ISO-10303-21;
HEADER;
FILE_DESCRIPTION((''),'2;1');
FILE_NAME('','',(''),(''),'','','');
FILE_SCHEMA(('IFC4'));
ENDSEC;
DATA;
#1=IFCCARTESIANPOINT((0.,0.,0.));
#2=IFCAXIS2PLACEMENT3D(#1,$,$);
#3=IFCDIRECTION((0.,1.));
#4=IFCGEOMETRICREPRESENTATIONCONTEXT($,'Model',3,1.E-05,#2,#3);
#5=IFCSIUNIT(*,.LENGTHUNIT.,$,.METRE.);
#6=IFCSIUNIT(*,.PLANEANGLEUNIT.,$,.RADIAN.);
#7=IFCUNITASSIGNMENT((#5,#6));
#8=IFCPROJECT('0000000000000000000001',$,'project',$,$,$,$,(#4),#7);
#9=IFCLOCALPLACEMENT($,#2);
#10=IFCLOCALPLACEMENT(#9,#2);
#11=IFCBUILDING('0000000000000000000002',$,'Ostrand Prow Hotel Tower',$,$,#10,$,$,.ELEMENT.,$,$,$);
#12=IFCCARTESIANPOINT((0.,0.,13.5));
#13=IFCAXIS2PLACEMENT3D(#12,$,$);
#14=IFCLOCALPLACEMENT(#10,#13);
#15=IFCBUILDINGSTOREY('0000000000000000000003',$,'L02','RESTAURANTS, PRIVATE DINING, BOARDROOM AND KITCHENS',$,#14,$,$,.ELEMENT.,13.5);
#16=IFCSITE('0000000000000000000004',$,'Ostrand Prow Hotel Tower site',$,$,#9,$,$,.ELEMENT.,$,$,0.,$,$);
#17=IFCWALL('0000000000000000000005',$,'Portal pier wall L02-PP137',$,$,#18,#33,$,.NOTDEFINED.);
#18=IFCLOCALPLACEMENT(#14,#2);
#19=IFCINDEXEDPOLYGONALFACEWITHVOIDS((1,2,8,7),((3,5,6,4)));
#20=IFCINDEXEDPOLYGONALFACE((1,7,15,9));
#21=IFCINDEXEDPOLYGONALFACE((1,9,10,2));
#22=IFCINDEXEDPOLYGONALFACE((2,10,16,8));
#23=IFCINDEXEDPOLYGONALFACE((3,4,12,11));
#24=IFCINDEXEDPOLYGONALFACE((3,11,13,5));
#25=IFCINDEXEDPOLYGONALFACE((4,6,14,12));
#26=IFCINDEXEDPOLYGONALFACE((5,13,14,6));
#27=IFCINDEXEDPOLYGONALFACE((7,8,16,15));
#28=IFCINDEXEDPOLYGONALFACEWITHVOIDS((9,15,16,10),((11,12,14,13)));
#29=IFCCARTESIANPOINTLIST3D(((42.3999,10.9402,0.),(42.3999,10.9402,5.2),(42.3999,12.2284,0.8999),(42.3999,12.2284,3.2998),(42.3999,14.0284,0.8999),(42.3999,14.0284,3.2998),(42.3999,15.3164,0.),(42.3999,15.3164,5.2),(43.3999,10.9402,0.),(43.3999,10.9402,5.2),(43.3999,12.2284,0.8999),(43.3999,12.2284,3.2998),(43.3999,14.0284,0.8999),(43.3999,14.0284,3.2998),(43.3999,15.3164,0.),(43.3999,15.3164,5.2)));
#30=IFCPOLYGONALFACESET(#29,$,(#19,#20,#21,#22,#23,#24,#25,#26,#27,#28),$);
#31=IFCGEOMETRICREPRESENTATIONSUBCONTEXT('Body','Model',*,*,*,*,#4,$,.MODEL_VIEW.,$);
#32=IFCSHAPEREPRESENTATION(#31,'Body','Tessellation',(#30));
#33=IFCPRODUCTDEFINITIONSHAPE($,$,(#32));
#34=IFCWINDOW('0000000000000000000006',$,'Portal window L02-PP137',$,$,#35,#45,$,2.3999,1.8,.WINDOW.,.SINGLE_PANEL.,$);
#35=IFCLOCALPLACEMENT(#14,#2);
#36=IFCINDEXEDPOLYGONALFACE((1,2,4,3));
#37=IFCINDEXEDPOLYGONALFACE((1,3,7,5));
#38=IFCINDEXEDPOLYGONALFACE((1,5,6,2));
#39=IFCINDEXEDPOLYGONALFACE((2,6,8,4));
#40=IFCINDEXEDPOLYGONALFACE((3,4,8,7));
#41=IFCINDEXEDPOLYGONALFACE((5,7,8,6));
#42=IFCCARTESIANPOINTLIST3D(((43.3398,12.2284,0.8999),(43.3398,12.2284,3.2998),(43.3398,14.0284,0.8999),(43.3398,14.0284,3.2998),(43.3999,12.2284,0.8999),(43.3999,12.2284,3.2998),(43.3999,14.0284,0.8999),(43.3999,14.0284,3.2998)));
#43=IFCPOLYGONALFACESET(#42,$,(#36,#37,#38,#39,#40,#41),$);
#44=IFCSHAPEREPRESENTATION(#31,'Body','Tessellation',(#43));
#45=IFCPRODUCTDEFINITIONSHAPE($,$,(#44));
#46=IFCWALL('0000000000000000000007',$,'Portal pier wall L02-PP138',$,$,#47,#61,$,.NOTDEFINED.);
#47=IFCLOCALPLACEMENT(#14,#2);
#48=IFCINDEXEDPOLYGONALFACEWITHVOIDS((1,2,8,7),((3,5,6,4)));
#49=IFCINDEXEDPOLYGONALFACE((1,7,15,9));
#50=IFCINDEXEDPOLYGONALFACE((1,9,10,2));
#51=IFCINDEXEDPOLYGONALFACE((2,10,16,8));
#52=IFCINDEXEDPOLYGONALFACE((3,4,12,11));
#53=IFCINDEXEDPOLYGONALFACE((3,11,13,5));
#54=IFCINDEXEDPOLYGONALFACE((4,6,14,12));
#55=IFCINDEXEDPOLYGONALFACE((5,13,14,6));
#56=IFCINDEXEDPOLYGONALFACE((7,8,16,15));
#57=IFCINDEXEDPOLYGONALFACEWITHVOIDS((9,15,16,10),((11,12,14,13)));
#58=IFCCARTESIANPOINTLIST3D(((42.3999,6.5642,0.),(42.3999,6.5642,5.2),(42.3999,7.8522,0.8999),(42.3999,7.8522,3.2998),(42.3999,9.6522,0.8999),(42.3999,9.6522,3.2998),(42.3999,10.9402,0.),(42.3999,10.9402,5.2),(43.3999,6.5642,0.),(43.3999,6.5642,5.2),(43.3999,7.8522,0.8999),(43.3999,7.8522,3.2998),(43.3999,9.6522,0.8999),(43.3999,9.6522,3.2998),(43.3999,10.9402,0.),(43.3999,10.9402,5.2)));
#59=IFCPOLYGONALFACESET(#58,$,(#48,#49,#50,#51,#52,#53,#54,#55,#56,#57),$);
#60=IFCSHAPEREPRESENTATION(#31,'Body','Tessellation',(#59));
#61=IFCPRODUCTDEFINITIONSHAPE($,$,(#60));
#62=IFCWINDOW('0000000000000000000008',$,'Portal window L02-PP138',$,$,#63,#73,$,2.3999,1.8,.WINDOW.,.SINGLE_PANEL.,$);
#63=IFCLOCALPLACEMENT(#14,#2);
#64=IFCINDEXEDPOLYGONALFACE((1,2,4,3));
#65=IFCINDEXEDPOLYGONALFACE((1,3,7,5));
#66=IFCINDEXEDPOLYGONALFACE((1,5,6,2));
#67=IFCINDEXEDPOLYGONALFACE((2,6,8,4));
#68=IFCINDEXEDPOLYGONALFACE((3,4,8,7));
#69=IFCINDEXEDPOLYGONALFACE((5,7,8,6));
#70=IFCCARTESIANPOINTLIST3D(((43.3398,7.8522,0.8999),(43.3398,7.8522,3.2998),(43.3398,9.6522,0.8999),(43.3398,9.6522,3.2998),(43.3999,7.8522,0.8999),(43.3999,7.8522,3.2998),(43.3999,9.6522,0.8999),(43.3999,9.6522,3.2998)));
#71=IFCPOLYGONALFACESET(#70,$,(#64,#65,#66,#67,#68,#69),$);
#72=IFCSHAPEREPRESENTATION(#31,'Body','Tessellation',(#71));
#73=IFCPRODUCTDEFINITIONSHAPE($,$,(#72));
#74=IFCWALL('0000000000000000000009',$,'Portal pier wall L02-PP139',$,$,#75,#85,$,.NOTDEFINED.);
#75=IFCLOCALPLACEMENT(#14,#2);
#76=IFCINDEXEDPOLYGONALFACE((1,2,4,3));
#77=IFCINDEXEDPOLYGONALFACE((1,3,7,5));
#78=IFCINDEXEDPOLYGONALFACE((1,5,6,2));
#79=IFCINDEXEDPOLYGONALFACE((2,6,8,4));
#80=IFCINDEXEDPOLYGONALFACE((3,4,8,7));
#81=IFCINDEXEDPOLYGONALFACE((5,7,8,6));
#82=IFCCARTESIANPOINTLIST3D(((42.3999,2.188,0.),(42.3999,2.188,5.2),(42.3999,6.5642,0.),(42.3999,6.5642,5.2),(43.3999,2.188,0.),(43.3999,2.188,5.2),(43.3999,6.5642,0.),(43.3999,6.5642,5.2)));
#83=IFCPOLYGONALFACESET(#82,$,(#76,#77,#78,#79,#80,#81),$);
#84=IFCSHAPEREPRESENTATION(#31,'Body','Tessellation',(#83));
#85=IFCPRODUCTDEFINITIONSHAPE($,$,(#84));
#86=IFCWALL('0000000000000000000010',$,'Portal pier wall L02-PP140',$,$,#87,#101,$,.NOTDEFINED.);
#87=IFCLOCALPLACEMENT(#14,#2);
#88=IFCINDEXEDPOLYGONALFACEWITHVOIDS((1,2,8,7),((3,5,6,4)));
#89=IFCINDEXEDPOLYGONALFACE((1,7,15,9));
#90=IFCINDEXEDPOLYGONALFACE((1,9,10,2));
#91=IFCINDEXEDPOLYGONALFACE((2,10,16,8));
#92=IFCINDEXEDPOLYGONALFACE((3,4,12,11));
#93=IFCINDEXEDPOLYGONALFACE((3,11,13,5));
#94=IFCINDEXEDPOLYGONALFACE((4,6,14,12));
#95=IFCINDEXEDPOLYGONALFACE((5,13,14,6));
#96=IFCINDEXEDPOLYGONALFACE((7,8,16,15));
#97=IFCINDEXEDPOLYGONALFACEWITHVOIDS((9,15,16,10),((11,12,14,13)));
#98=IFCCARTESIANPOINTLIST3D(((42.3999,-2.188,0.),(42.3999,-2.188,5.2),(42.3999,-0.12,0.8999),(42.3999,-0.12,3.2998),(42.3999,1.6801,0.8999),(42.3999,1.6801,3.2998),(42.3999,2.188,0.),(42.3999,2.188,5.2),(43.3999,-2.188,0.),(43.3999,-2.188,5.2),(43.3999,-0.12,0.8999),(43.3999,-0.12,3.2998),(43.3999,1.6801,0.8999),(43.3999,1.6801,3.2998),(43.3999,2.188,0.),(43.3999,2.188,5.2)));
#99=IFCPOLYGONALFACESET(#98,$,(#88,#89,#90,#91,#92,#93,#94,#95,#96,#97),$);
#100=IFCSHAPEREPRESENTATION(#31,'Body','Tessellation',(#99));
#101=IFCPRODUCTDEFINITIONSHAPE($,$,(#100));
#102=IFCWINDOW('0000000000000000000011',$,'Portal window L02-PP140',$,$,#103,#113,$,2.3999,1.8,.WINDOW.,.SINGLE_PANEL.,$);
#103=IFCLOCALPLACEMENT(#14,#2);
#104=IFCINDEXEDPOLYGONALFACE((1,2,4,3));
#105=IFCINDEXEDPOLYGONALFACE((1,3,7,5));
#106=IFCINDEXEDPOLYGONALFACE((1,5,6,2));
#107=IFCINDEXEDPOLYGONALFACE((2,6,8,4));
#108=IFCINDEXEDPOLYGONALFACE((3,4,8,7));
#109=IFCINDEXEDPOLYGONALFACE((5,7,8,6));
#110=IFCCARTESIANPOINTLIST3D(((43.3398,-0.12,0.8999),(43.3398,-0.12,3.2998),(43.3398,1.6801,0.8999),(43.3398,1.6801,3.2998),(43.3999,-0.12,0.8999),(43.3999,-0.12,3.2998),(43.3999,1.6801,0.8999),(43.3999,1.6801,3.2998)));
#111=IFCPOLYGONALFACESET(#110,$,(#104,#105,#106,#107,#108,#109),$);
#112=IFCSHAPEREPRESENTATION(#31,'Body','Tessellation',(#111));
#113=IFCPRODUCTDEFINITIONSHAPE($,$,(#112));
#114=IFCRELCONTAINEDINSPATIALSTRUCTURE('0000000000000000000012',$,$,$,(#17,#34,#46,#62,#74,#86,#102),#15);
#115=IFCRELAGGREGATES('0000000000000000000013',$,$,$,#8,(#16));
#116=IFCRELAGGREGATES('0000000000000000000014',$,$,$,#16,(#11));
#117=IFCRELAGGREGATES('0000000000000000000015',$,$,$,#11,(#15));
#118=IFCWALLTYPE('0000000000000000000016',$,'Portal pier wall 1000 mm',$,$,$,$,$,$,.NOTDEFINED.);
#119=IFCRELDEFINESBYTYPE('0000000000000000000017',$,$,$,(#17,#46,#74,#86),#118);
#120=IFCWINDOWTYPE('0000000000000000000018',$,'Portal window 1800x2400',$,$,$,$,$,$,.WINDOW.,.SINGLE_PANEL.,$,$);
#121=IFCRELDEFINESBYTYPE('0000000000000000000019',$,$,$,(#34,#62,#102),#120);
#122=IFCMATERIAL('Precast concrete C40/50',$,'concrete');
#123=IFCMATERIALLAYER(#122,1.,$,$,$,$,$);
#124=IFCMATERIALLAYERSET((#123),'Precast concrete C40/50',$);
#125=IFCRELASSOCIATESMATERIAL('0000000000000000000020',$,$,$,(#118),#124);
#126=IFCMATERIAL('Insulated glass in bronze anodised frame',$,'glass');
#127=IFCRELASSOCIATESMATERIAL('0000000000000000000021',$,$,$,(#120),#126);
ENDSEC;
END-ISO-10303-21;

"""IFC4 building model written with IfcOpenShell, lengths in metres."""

from ifc_helpers import new_model, si_unit, direction, frame, frame_2d, origin, place, context, subcontext, project, spatial, polyline, rectangle, outline, extrude, material, layer, layer_set, type_object, element, fill, save


model = new_model("IFC4")

# Units and contexts
model_context = context("Model", 3, precision=1e-05, world=origin(), true_north=direction((0.0, 1.0)))
body_context = subcontext(model_context, "Body", "Model", "MODEL_VIEW")
ifc_project = project(units=[si_unit("LENGTHUNIT", "METRE"), si_unit("PLANEANGLEUNIT", "RADIAN")], contexts=[model_context])

# Site, building, storey
site_placement = place(None, origin())
site = spatial("IfcSite", under=ifc_project, at=site_placement, Name="Ostrand Prow Hotel Tower site", CompositionType="ELEMENT", RefElevation=0.0)
building_placement = place(site_placement, origin())
building = spatial("IfcBuilding", under=site, at=building_placement, Name="Ostrand Prow Hotel Tower", CompositionType="ELEMENT")
storey_placement = place(building_placement, frame((0.0, 0.0, 13.5)))
storey = spatial("IfcBuildingStorey", under=building, at=storey_placement, Name="L02", Description="RESTAURANTS, PRIVATE DINING, BOARDROOM AND KITCHENS", CompositionType="ELEMENT", Elevation=13.5)

# Walls, openings, windows
ifc_material_1 = material(Name="Precast concrete C40/50", Category="concrete")
ifc_layer_1 = layer(ifc_material_1, 1.0)
ifc_layer_set_1 = layer_set([ifc_layer_1], Name="Precast concrete C40/50")
wall_type_1 = type_object("IfcWallType", Name="Portal pier wall 1000 mm", PredefinedType="NOTDEFINED", material=ifc_layer_set_1)
wall_1_placement = place(storey_placement, frame((42.8999, 15.3164, 0.0), z_axis=(0.0, 0.0, 1.0), x_axis=(0.0, -1.0, 0.0)))
wall_1 = element("IfcWall", 1, at=wall_1_placement, inside=storey, type_object=wall_type_1, Name="Portal pier wall L02-PP137", PredefinedType="NOTDEFINED", context=body_context, shape_type="SweptSolid", body=[
    extrude(outline(polyline([(0.0, -0.5), (4.3762, -0.5), (4.3762, 0.5), (0.0, 0.5), (0.0, -0.5)])), origin(), (0.0, 0.0, 1.0), 5.2),
])
opening_1_placement = place(wall_1_placement, frame((1.2881, 0.0, 0.8999)))
opening_1 = element("IfcOpeningElement", 2, at=opening_1_placement, cuts=wall_1, PredefinedType="OPENING", context=body_context, shape_type="SweptSolid", body=[
    extrude(rectangle(XDim=1.8, YDim=2.3999, at=frame_2d((0.8999, 1.2))), frame((0.0, 0.51, 0.0), z_axis=(0.0, -1.0, 0.0), x_axis=(1.0, 0.0, 0.0)), (0.0, 0.0, 1.0), 1.02),
])
ifc_material_2 = material(Name="Insulated glass in bronze anodised frame", Category="glass")
window_type = type_object("IfcWindowType", Name="Portal window 1800x2400", PartitioningType="SINGLE_PANEL", PredefinedType="WINDOW", material=ifc_material_2)
window_1_placement = place(opening_1_placement, origin())
window_1 = element("IfcWindow", 3, at=window_1_placement, inside=storey, type_object=window_type, Name="Portal window L02-PP137", OverallHeight=2.3999, OverallWidth=1.8, PartitioningType="SINGLE_PANEL", PredefinedType="WINDOW", context=body_context, shape_type="SweptSolid", body=[
    extrude(rectangle(XDim=1.8, YDim=2.3999, at=frame_2d((0.8999, 1.2))), frame((0.0, 0.5, 0.0), z_axis=(0.0, -1.0, 0.0), x_axis=(1.0, 0.0, 0.0)), (0.0, 0.0, 1.0), 0.0601),
])
fill(opening_1, window_1)
wall_2_placement = place(storey_placement, frame((42.8999, 10.9402, 0.0), z_axis=(0.0, 0.0, 1.0), x_axis=(0.0, -1.0, 0.0)))
wall_2 = element("IfcWall", 4, at=wall_2_placement, inside=storey, type_object=wall_type_1, Name="Portal pier wall L02-PP138", PredefinedType="NOTDEFINED", context=body_context, shape_type="SweptSolid", body=[
    extrude(outline(polyline([(0.0, -0.5), (4.376, -0.5), (4.376, 0.5), (0.0, 0.5), (0.0, -0.5)])), origin(), (0.0, 0.0, 1.0), 5.2),
])
opening_2_placement = place(wall_2_placement, frame((1.2881, 0.0, 0.8999)))
opening_2 = element("IfcOpeningElement", 5, at=opening_2_placement, cuts=wall_2, PredefinedType="OPENING", context=body_context, shape_type="SweptSolid", body=[
    extrude(rectangle(XDim=1.8, YDim=2.3999, at=frame_2d((0.8999, 1.2))), frame((0.0, 0.51, 0.0), z_axis=(0.0, -1.0, 0.0), x_axis=(1.0, 0.0, 0.0)), (0.0, 0.0, 1.0), 1.02),
])
window_2_placement = place(opening_2_placement, origin())
window_2 = element("IfcWindow", 6, at=window_2_placement, inside=storey, type_object=window_type, Name="Portal window L02-PP138", OverallHeight=2.3999, OverallWidth=1.8, PartitioningType="SINGLE_PANEL", PredefinedType="WINDOW", context=body_context, shape_type="SweptSolid", body=[
    extrude(rectangle(XDim=1.8, YDim=2.3999, at=frame_2d((0.8999, 1.2))), frame((0.0, 0.5, 0.0), z_axis=(0.0, -1.0, 0.0), x_axis=(1.0, 0.0, 0.0)), (0.0, 0.0, 1.0), 0.0601),
])
fill(opening_2, window_2)

# Wall
wall_3_placement = place(storey_placement, frame((42.8999, 6.5642, 0.0), z_axis=(0.0, 0.0, 1.0), x_axis=(0.0, -1.0, 0.0)))
element("IfcWall", 7, at=wall_3_placement, inside=storey, type_object=wall_type_1, Name="Portal pier wall L02-PP139", PredefinedType="NOTDEFINED", context=body_context, shape_type="SweptSolid", body=[
    extrude(outline(polyline([(0.0, -0.5), (4.3762, -0.5), (4.3762, 0.5), (0.0, 0.5), (0.0, -0.5)])), origin(), (0.0, 0.0, 1.0), 5.2),
])

# Wall, opening, window
wall_4_placement = place(storey_placement, frame((42.8999, 2.188, 0.0), z_axis=(0.0, 0.0, 1.0), x_axis=(0.0, -1.0, 0.0)))
wall_4 = element("IfcWall", 8, at=wall_4_placement, inside=storey, type_object=wall_type_1, Name="Portal pier wall L02-PP140", PredefinedType="NOTDEFINED", context=body_context, shape_type="SweptSolid", body=[
    extrude(outline(polyline([(0.0, -0.5), (4.376, -0.5), (4.376, 0.5), (0.0, 0.5), (0.0, -0.5)])), origin(), (0.0, 0.0, 1.0), 5.2),
])
opening_3_placement = place(wall_4_placement, frame((0.5081, 0.0, 0.8999)))
opening_3 = element("IfcOpeningElement", 9, at=opening_3_placement, cuts=wall_4, PredefinedType="OPENING", context=body_context, shape_type="SweptSolid", body=[
    extrude(rectangle(XDim=1.8, YDim=2.3999, at=frame_2d((0.8999, 1.2))), frame((0.0, 0.51, 0.0), z_axis=(0.0, -1.0, 0.0), x_axis=(1.0, 0.0, 0.0)), (0.0, 0.0, 1.0), 1.02),
])
window_3_placement = place(opening_3_placement, origin())
window_3 = element("IfcWindow", 10, at=window_3_placement, inside=storey, type_object=window_type, Name="Portal window L02-PP140", OverallHeight=2.3999, OverallWidth=1.8, PartitioningType="SINGLE_PANEL", PredefinedType="WINDOW", context=body_context, shape_type="SweptSolid", body=[
    extrude(rectangle(XDim=1.8, YDim=2.3999, at=frame_2d((0.8999, 1.2))), frame((0.0, 0.5, 0.0), z_axis=(0.0, -1.0, 0.0), x_axis=(1.0, 0.0, 0.0)), (0.0, 0.0, 1.0), 0.0601),
])
fill(opening_3, window_3)

save(model, "model.ifc")
